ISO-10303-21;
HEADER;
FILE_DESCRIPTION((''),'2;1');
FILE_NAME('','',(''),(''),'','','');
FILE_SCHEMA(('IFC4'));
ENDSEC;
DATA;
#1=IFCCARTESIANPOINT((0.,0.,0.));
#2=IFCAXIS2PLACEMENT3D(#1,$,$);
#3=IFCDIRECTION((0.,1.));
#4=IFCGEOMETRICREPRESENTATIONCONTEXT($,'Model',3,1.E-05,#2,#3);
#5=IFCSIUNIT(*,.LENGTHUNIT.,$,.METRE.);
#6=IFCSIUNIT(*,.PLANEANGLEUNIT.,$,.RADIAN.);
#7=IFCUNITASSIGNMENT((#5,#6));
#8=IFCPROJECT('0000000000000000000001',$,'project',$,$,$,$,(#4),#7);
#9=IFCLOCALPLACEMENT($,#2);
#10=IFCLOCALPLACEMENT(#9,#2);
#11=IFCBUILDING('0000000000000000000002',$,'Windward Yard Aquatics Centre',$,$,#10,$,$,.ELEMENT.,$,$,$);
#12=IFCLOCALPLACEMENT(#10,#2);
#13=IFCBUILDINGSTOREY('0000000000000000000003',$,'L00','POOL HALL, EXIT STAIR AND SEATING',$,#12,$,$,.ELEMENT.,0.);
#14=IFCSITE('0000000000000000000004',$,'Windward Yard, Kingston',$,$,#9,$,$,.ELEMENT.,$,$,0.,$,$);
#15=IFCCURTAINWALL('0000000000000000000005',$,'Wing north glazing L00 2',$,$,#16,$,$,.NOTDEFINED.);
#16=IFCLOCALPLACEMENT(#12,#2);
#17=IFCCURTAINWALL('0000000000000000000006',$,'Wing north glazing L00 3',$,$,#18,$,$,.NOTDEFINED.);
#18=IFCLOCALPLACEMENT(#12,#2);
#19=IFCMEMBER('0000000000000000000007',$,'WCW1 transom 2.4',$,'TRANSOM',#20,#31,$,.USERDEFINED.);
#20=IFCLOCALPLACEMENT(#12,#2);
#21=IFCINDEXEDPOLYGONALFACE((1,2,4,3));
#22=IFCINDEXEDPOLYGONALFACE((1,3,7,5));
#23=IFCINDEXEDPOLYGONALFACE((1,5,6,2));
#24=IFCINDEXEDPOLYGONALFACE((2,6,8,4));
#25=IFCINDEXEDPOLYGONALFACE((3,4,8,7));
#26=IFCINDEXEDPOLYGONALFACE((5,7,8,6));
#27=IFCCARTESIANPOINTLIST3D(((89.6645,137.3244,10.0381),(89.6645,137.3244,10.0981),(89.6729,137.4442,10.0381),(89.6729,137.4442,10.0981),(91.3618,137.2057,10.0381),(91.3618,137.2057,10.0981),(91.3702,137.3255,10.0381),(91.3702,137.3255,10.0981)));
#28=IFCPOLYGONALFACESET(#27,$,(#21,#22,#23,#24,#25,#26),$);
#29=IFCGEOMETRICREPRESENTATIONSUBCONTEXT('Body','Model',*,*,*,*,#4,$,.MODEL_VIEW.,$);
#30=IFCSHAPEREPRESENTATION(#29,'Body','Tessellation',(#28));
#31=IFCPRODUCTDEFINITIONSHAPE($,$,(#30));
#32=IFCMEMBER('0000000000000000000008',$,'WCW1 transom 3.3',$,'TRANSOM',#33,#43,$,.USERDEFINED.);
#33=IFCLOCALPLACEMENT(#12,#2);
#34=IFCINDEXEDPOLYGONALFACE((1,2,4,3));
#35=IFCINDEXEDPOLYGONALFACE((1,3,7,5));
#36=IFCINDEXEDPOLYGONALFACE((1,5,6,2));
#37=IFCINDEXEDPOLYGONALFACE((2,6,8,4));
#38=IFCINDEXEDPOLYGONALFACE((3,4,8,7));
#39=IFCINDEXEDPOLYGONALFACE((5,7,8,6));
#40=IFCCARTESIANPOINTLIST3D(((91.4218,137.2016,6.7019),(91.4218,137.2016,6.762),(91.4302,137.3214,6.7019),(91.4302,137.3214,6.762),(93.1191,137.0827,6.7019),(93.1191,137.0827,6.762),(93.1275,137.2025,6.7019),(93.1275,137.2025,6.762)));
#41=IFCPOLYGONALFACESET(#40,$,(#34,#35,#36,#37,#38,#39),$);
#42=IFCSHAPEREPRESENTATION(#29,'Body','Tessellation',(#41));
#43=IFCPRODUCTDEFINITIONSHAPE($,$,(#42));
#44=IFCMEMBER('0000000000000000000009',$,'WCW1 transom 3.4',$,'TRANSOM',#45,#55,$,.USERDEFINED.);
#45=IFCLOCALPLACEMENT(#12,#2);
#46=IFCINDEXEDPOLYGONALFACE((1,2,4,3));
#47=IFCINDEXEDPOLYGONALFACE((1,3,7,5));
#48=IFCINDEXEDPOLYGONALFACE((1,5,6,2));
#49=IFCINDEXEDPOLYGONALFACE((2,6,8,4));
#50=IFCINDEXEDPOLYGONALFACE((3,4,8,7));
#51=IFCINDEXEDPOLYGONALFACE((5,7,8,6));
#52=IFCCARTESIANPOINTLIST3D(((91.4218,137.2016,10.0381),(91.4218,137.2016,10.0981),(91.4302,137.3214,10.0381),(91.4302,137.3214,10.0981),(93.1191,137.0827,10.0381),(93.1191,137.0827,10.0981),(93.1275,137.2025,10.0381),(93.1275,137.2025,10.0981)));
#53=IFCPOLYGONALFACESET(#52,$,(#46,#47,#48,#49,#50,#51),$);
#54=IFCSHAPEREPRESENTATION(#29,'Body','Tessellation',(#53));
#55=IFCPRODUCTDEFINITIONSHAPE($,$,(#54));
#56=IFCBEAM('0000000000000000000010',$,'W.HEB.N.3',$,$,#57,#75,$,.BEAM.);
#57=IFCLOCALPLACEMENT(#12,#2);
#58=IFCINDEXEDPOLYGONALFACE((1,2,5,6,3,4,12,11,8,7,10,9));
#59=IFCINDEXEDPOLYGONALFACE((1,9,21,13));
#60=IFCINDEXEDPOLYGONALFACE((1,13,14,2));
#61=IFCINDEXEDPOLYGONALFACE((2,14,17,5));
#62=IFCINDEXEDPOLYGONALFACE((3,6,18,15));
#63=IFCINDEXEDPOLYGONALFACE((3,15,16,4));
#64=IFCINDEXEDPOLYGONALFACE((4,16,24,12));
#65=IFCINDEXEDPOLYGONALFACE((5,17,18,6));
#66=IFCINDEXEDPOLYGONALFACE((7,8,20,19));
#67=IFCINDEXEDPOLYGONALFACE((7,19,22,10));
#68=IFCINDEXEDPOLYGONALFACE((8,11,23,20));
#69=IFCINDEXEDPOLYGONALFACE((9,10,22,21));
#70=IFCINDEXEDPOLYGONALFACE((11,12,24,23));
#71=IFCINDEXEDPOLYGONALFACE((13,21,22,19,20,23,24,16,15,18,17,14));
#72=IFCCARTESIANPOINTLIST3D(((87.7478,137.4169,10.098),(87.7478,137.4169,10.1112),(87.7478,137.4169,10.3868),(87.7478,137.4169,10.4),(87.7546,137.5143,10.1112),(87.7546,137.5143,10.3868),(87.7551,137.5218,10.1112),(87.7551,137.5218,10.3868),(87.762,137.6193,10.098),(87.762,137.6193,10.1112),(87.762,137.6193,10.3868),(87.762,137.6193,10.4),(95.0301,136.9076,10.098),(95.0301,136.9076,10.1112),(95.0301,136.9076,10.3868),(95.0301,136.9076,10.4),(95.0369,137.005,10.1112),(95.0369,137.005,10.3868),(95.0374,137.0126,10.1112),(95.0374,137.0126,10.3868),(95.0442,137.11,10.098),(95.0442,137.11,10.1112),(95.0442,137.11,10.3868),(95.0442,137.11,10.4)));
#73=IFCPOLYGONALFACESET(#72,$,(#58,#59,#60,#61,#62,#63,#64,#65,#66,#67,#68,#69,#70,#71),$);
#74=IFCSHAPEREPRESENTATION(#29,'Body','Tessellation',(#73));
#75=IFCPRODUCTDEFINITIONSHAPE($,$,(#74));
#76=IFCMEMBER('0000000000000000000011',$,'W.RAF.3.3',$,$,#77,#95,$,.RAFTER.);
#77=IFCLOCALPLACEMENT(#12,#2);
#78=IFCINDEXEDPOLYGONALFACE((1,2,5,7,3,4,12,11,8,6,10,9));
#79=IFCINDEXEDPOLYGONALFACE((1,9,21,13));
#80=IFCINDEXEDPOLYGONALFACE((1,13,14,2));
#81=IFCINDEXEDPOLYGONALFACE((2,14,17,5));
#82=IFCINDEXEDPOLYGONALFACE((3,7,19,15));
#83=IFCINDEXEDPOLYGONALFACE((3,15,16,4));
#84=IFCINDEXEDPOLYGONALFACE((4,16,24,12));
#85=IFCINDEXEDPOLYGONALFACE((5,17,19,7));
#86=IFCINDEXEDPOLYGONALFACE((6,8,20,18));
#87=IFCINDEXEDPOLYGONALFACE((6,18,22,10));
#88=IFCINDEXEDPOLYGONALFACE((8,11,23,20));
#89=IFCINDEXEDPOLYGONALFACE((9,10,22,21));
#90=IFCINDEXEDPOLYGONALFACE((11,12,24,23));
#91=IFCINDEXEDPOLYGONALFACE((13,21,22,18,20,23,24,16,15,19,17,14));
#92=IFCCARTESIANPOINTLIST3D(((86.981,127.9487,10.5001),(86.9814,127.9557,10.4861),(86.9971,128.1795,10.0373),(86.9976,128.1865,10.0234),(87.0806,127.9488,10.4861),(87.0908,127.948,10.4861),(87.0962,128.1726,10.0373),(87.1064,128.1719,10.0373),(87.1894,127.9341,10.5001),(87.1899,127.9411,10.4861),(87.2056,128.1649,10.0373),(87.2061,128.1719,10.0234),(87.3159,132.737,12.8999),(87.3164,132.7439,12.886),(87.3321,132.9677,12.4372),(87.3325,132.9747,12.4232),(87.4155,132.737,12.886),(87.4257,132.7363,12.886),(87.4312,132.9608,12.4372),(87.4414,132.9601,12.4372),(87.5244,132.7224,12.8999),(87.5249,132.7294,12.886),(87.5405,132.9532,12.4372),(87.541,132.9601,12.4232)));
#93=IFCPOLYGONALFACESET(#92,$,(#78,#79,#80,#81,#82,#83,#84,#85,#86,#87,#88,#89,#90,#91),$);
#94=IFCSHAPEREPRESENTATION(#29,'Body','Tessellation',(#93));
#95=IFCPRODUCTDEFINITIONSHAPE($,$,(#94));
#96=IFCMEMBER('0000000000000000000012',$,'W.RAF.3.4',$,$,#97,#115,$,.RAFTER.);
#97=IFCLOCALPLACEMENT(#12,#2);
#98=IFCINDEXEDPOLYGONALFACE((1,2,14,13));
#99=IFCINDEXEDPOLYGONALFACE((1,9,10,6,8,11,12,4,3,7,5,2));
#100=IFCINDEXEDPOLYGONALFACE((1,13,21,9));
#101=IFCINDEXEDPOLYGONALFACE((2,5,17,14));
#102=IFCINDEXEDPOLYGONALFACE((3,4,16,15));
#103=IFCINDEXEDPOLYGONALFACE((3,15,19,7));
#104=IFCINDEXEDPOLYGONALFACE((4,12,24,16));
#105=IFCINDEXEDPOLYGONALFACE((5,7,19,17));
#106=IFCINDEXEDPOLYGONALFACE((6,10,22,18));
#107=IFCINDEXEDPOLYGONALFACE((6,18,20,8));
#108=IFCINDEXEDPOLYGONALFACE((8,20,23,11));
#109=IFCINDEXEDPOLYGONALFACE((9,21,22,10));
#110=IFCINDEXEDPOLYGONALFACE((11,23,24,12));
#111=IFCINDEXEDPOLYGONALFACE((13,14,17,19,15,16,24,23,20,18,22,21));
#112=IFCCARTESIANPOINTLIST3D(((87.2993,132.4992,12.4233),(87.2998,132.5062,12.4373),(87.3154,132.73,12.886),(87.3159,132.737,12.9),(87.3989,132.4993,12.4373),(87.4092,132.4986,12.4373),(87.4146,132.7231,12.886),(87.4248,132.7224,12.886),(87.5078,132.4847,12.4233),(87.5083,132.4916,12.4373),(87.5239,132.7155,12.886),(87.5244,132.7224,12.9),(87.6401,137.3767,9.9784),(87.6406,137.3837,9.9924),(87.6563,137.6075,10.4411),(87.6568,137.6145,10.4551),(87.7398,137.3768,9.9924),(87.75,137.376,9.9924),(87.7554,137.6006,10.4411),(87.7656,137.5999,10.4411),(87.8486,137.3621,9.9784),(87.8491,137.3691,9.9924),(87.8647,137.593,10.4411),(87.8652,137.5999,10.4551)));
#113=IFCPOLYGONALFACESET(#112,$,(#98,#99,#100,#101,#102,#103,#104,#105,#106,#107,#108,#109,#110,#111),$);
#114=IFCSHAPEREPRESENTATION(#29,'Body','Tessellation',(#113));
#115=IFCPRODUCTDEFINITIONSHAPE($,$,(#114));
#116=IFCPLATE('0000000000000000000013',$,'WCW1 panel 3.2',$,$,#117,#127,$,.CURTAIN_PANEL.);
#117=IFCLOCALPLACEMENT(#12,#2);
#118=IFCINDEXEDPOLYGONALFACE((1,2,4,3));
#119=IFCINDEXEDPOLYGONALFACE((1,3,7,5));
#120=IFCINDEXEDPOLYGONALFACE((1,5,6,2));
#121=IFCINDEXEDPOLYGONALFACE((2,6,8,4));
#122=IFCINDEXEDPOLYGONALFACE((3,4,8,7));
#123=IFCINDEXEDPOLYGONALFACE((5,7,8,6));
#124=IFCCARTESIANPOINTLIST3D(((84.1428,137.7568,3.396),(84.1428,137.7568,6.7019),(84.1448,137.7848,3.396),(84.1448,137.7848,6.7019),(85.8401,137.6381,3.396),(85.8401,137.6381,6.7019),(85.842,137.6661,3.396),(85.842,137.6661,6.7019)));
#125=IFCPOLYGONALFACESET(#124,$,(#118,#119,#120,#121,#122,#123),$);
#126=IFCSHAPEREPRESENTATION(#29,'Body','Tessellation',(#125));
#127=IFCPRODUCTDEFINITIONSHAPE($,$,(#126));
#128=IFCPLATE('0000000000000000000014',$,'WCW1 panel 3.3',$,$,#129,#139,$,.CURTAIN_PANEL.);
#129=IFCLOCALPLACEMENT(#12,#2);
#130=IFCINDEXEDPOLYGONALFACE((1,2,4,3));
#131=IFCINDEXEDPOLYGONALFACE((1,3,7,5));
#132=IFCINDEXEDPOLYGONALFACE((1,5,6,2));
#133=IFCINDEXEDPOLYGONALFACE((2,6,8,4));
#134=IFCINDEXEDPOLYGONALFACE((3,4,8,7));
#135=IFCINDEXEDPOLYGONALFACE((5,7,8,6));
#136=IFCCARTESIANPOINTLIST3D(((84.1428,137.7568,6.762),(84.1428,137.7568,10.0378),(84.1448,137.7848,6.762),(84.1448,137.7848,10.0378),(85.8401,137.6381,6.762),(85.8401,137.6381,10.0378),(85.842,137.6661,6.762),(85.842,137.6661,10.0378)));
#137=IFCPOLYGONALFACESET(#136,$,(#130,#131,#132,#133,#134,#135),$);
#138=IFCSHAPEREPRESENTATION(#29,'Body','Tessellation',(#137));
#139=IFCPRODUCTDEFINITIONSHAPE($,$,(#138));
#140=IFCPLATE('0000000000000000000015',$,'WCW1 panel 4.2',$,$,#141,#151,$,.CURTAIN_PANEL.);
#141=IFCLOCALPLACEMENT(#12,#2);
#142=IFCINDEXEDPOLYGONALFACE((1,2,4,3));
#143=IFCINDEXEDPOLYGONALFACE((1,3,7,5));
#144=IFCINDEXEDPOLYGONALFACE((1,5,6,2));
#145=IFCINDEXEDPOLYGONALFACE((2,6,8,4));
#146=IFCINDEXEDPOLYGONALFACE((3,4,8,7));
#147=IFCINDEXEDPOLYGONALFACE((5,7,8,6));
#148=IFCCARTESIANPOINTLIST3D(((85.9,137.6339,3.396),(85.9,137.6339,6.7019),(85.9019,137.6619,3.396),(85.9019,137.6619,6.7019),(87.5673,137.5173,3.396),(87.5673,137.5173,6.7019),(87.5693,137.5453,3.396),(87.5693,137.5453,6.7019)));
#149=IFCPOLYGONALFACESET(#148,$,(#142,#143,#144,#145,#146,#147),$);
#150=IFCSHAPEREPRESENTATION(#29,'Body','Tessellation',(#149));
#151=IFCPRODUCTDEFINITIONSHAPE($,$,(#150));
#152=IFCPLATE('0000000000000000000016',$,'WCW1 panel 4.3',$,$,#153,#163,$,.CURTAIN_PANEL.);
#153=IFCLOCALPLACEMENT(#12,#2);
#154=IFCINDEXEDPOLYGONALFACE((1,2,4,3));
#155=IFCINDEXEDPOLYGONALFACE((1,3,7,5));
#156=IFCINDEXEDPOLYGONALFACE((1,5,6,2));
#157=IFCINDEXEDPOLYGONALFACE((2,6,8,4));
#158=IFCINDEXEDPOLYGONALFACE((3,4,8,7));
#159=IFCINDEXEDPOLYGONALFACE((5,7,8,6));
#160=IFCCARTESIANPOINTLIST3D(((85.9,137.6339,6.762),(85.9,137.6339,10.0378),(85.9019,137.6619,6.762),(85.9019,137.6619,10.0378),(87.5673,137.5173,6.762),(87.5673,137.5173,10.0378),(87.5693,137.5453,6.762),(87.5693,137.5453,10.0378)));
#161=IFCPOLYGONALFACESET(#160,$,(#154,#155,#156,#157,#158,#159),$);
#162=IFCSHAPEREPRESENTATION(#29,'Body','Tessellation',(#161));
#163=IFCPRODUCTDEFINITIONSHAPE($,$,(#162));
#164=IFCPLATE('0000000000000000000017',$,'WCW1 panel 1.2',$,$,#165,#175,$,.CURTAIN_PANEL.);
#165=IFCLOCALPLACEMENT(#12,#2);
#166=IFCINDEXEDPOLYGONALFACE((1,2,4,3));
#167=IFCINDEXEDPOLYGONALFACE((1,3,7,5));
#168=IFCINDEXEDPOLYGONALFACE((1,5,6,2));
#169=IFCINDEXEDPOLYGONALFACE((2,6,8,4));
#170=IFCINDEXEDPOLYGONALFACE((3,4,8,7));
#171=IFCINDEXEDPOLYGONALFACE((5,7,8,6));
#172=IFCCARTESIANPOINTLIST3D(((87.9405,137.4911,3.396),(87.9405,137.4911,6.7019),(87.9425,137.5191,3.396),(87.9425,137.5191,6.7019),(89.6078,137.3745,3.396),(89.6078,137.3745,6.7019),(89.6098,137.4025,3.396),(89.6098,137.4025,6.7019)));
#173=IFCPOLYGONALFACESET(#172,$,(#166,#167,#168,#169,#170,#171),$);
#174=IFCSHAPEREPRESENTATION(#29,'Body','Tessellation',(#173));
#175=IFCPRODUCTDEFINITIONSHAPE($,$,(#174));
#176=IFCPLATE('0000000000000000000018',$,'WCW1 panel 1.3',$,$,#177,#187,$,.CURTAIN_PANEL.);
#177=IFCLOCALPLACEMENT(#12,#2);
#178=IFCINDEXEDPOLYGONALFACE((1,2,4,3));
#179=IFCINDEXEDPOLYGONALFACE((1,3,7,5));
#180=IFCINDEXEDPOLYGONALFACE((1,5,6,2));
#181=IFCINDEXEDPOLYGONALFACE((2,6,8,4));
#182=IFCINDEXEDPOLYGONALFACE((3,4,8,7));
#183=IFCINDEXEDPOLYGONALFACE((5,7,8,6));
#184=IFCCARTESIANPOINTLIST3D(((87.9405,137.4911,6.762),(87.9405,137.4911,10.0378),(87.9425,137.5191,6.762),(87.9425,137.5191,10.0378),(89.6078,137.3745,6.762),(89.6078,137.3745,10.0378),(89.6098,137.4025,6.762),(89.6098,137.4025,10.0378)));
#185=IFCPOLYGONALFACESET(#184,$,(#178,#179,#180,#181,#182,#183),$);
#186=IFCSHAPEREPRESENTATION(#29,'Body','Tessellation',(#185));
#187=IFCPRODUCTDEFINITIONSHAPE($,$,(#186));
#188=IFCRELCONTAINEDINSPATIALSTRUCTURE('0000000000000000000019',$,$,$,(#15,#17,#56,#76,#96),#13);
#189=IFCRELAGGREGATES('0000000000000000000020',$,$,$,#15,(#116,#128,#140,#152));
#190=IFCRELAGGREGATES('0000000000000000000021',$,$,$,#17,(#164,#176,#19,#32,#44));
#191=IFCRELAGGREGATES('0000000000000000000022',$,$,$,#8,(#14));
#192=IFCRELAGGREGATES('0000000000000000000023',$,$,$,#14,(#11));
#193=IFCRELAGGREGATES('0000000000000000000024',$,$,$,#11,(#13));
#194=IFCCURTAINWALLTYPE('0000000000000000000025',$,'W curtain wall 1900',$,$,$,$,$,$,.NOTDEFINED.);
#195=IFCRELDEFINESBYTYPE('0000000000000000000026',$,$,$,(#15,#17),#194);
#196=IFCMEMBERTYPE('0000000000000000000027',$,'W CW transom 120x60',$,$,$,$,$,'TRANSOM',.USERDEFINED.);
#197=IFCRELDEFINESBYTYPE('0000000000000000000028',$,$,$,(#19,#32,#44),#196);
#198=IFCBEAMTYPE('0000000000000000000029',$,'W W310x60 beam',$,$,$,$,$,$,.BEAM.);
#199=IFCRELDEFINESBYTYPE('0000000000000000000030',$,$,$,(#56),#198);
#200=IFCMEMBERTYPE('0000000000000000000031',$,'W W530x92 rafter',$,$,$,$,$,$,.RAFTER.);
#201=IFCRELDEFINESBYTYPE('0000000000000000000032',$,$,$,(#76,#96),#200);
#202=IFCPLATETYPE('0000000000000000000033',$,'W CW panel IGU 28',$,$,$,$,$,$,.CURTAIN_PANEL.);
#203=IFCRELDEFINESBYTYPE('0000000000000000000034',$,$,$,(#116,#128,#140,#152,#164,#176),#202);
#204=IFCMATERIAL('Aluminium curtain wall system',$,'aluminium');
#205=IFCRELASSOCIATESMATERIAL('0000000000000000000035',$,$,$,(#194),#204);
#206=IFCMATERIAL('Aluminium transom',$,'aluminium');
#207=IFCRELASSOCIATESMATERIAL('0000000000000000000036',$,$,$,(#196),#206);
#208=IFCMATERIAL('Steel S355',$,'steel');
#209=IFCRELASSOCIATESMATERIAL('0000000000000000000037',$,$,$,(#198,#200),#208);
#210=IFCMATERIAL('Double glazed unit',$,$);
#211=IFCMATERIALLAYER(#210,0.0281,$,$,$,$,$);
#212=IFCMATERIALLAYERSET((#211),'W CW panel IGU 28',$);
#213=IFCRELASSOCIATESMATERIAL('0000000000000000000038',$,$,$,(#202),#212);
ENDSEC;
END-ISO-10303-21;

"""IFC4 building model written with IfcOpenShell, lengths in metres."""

from ifc_helpers import new_model, si_unit, direction, frame, origin, origin_2d, place, context, subcontext, project, spatial, rectangle, i_section, extrude, material, layer, layer_set, material_profile, profile_set, type_object, element, aggregate, save


model = new_model("IFC4")

# Units and contexts
model_context = context("Model", 3, precision=1e-05, world=origin(), true_north=direction((0.0, 1.0)))
body_context = subcontext(model_context, "Body", "Model", "MODEL_VIEW")
ifc_project = project(units=[si_unit("LENGTHUNIT", "METRE"), si_unit("PLANEANGLEUNIT", "RADIAN")], contexts=[model_context])

# Site, building, storey
site_placement = place(None, origin())
site = spatial("IfcSite", under=ifc_project, at=site_placement, Name="Windward Yard, Kingston", CompositionType="ELEMENT", RefElevation=0.0)
building_placement = place(site_placement, origin())
building = spatial("IfcBuilding", under=site, at=building_placement, Name="Windward Yard Aquatics Centre", CompositionType="ELEMENT")
storey_placement = place(building_placement, origin())
storey = spatial("IfcBuildingStorey", under=building, at=storey_placement, Name="L00", Description="POOL HALL, EXIT STAIR AND SEATING", CompositionType="ELEMENT", Elevation=0.0)

# Shared definitions
ifc_material_1 = material(Name="Steel S355", Category="steel")

# Curtain walls, members
ifc_material_2 = material(Name="Aluminium curtain wall system", Category="aluminium")
curtain_wall_type = type_object("IfcCurtainWallType", Name="W curtain wall 1900", PredefinedType="NOTDEFINED", material=ifc_material_2)
curtain_wall_1_placement = place(storey_placement, origin())
curtain_wall_1 = element("IfcCurtainWall", 1, at=curtain_wall_1_placement, inside=storey, type_object=curtain_wall_type, Name="Wing north glazing L00 2", PredefinedType="NOTDEFINED")
ifc_material_3 = material(Name="Aluminium transom", Category="aluminium")
ifc_material_profile_1 = material_profile(ifc_material_3, rectangle(XDim=0.1201, YDim=0.0601, at=origin_2d()), Name="AL 120x60")
ifc_profile_set_1 = profile_set([ifc_material_profile_1], Name="Aluminium transom")
member_type_1 = type_object("IfcMemberType", Name="W CW transom 120x60", ElementType="TRANSOM", PredefinedType="USERDEFINED", material=ifc_profile_set_1)
curtain_wall_2_placement = place(storey_placement, origin())
curtain_wall_2 = element("IfcCurtainWall", 2, at=curtain_wall_2_placement, inside=storey, type_object=curtain_wall_type, Name="Wing north glazing L00 3", PredefinedType="NOTDEFINED")
member_1_placement = place(storey_placement, frame((89.6687, 137.3843, 10.0681), z_axis=(0.997565, -0.069738, 0.0), x_axis=(0.069738, 0.997565, 0.0)))
member_1 = element("IfcMember", 3, at=member_1_placement, type_object=member_type_1, Name="WCW1 transom 2.4", ObjectType="TRANSOM", PredefinedType="USERDEFINED", context=body_context, shape_type="SweptSolid", body=[
    extrude(rectangle(XDim=0.1201, YDim=0.0601, at=origin_2d()), origin(), (0.0, 0.0, 1.0), 1.7014),
])
member_2_placement = place(storey_placement, frame((91.426, 137.2615, 6.7319), z_axis=(0.997555, -0.069881, 0.0), x_axis=(0.069881, 0.997555, 0.0)))
member_2 = element("IfcMember", 4, at=member_2_placement, type_object=member_type_1, Name="WCW1 transom 3.3", ObjectType="TRANSOM", PredefinedType="USERDEFINED", context=body_context, shape_type="SweptSolid", body=[
    extrude(rectangle(XDim=0.1201, YDim=0.0601, at=origin_2d()), origin(), (0.0, 0.0, 1.0), 1.7014),
])
member_3_placement = place(storey_placement, frame((91.426, 137.2615, 10.0681), z_axis=(0.997555, -0.069881, 0.0), x_axis=(0.069881, 0.997555, 0.0)))
member_3 = element("IfcMember", 5, at=member_3_placement, type_object=member_type_1, Name="WCW1 transom 3.4", ObjectType="TRANSOM", PredefinedType="USERDEFINED", context=body_context, shape_type="SweptSolid", body=[
    extrude(rectangle(XDim=0.1201, YDim=0.0601, at=origin_2d()), origin(), (0.0, 0.0, 1.0), 1.7014),
])

# Beam
ifc_material_profile_2 = material_profile(ifc_material_1, i_section(OverallWidth=0.2029, OverallDepth=0.302, WebThickness=0.0076, FlangeThickness=0.0132, at=origin_2d()), Name="W310x60")
ifc_profile_set_2 = profile_set([ifc_material_profile_2], Name="Steel S355")
beam_type = type_object("IfcBeamType", Name="W W310x60 beam", PredefinedType="BEAM", material=ifc_profile_set_2)
beam_placement = place(storey_placement, frame((87.7549, 137.5181, 10.249), z_axis=(0.997564, -0.069764, 0.0), x_axis=(0.069764, 0.997564, 0.0)))
element("IfcBeam", 6, at=beam_placement, inside=storey, type_object=beam_type, Name="W.HEB.N.3", PredefinedType="BEAM", context=body_context, shape_type="SweptSolid", body=[
    extrude(i_section(OverallWidth=0.2029, OverallDepth=0.302, WebThickness=0.0076, FlangeThickness=0.0132, at=origin_2d()), origin(), (0.0, 0.0, 1.0), 7.3),
])

# Members
ifc_material_profile_3 = material_profile(ifc_material_1, i_section(OverallWidth=0.209, OverallDepth=0.533, WebThickness=0.0103, FlangeThickness=0.0156, at=origin_2d()), Name="W530x92")
ifc_profile_set_3 = profile_set([ifc_material_profile_3], Name="Steel S355")
member_type_2 = type_object("IfcMemberType", Name="W W530x92 rafter", PredefinedType="RAFTER", material=ifc_profile_set_3)
member_4_placement = place(storey_placement, frame((87.0935, 128.0603, 10.2617), z_axis=(0.062416, 0.892255, 0.447197), x_axis=(-0.997562, 0.069783, 0.0)))
element("IfcMember", 7, at=member_4_placement, inside=storey, type_object=member_type_2, Name="W.RAF.3.3", PredefinedType="RAFTER", context=body_context, shape_type="SweptSolid", body=[
    extrude(i_section(OverallWidth=0.209, OverallDepth=0.533, WebThickness=0.0103, FlangeThickness=0.0156, at=origin_2d()), origin(), (0.0, 0.0, 1.0), 5.3665),
])
member_5_placement = place(storey_placement, frame((87.4119, 132.6108, 12.6616), z_axis=(0.062347, 0.89224, -0.447237), x_axis=(-0.997568, 0.069707, 0.0)))
element("IfcMember", 8, at=member_5_placement, inside=storey, type_object=member_type_2, Name="W.RAF.3.4", PredefinedType="RAFTER", context=body_context, shape_type="SweptSolid", body=[
    extrude(i_section(OverallWidth=0.209, OverallDepth=0.533, WebThickness=0.0103, FlangeThickness=0.0156, at=origin_2d()), origin(), (0.0, 0.0, 1.0), 5.4666),
])

# Plates
ifc_material_4 = material(Name="Double glazed unit")
ifc_layer_1 = layer(ifc_material_4, 0.0281)
ifc_layer_set_1 = layer_set([ifc_layer_1], Name="W CW panel IGU 28")
plate_type_1 = type_object("IfcPlateType", Name="W CW panel IGU 28", PredefinedType="CURTAIN_PANEL", material=ifc_layer_set_1)
plate_1_placement = place(storey_placement, frame((84.9924, 137.7114, 3.396), z_axis=(0.0, 0.0, 1.0), x_axis=(0.997564, -0.069756, 0.0)))
plate_1 = element("IfcPlate", 9, at=plate_1_placement, type_object=plate_type_1, Name="WCW1 panel 3.2", PredefinedType="CURTAIN_PANEL", context=body_context, shape_type="SweptSolid", body=[
    extrude(rectangle(XDim=1.7014, YDim=0.0281, at=origin_2d()), origin(), (0.0, 0.0, 1.0), 3.3059),
])
plate_2_placement = place(storey_placement, frame((84.9924, 137.7114, 6.762), z_axis=(0.0, 0.0, 1.0), x_axis=(0.997564, -0.069756, 0.0)))
plate_2 = element("IfcPlate", 10, at=plate_2_placement, type_object=plate_type_1, Name="WCW1 panel 3.3", PredefinedType="CURTAIN_PANEL", context=body_context, shape_type="SweptSolid", body=[
    extrude(rectangle(XDim=1.7014, YDim=0.0281, at=origin_2d()), origin(), (0.0, 0.0, 1.0), 3.2759),
])
plate_3_placement = place(storey_placement, frame((86.7346, 137.5896, 3.396), z_axis=(0.0, 0.0, 1.0), x_axis=(0.997564, -0.069756, 0.0)))
plate_3 = element("IfcPlate", 11, at=plate_3_placement, type_object=plate_type_1, Name="WCW1 panel 4.2", PredefinedType="CURTAIN_PANEL", context=body_context, shape_type="SweptSolid", body=[
    extrude(rectangle(XDim=1.6714, YDim=0.0281, at=origin_2d()), origin(), (0.0, 0.0, 1.0), 3.3059),
])
plate_4_placement = place(storey_placement, frame((86.7346, 137.5896, 6.762), z_axis=(0.0, 0.0, 1.0), x_axis=(0.997564, -0.069756, 0.0)))
plate_4 = element("IfcPlate", 12, at=plate_4_placement, type_object=plate_type_1, Name="WCW1 panel 4.3", PredefinedType="CURTAIN_PANEL", context=body_context, shape_type="SweptSolid", body=[
    extrude(rectangle(XDim=1.6714, YDim=0.0281, at=origin_2d()), origin(), (0.0, 0.0, 1.0), 3.2759),
])
aggregate(curtain_wall_1, [plate_1, plate_2, plate_3, plate_4])
plate_5_placement = place(storey_placement, frame((88.7751, 137.4468, 3.396), z_axis=(0.0, 0.0, 1.0), x_axis=(0.997564, -0.069756, 0.0)))
plate_5 = element("IfcPlate", 13, at=plate_5_placement, type_object=plate_type_1, Name="WCW1 panel 1.2", PredefinedType="CURTAIN_PANEL", context=body_context, shape_type="SweptSolid", body=[
    extrude(rectangle(XDim=1.6714, YDim=0.0281, at=origin_2d()), origin(), (0.0, 0.0, 1.0), 3.3059),
])
plate_6_placement = place(storey_placement, frame((88.7751, 137.4468, 6.762), z_axis=(0.0, 0.0, 1.0), x_axis=(0.997564, -0.069756, 0.0)))
plate_6 = element("IfcPlate", 14, at=plate_6_placement, type_object=plate_type_1, Name="WCW1 panel 1.3", PredefinedType="CURTAIN_PANEL", context=body_context, shape_type="SweptSolid", body=[
    extrude(rectangle(XDim=1.6714, YDim=0.0281, at=origin_2d()), origin(), (0.0, 0.0, 1.0), 3.2759),
])
aggregate(curtain_wall_2, [plate_5, plate_6, member_1, member_2, member_3])

save(model, "model.ifc")
